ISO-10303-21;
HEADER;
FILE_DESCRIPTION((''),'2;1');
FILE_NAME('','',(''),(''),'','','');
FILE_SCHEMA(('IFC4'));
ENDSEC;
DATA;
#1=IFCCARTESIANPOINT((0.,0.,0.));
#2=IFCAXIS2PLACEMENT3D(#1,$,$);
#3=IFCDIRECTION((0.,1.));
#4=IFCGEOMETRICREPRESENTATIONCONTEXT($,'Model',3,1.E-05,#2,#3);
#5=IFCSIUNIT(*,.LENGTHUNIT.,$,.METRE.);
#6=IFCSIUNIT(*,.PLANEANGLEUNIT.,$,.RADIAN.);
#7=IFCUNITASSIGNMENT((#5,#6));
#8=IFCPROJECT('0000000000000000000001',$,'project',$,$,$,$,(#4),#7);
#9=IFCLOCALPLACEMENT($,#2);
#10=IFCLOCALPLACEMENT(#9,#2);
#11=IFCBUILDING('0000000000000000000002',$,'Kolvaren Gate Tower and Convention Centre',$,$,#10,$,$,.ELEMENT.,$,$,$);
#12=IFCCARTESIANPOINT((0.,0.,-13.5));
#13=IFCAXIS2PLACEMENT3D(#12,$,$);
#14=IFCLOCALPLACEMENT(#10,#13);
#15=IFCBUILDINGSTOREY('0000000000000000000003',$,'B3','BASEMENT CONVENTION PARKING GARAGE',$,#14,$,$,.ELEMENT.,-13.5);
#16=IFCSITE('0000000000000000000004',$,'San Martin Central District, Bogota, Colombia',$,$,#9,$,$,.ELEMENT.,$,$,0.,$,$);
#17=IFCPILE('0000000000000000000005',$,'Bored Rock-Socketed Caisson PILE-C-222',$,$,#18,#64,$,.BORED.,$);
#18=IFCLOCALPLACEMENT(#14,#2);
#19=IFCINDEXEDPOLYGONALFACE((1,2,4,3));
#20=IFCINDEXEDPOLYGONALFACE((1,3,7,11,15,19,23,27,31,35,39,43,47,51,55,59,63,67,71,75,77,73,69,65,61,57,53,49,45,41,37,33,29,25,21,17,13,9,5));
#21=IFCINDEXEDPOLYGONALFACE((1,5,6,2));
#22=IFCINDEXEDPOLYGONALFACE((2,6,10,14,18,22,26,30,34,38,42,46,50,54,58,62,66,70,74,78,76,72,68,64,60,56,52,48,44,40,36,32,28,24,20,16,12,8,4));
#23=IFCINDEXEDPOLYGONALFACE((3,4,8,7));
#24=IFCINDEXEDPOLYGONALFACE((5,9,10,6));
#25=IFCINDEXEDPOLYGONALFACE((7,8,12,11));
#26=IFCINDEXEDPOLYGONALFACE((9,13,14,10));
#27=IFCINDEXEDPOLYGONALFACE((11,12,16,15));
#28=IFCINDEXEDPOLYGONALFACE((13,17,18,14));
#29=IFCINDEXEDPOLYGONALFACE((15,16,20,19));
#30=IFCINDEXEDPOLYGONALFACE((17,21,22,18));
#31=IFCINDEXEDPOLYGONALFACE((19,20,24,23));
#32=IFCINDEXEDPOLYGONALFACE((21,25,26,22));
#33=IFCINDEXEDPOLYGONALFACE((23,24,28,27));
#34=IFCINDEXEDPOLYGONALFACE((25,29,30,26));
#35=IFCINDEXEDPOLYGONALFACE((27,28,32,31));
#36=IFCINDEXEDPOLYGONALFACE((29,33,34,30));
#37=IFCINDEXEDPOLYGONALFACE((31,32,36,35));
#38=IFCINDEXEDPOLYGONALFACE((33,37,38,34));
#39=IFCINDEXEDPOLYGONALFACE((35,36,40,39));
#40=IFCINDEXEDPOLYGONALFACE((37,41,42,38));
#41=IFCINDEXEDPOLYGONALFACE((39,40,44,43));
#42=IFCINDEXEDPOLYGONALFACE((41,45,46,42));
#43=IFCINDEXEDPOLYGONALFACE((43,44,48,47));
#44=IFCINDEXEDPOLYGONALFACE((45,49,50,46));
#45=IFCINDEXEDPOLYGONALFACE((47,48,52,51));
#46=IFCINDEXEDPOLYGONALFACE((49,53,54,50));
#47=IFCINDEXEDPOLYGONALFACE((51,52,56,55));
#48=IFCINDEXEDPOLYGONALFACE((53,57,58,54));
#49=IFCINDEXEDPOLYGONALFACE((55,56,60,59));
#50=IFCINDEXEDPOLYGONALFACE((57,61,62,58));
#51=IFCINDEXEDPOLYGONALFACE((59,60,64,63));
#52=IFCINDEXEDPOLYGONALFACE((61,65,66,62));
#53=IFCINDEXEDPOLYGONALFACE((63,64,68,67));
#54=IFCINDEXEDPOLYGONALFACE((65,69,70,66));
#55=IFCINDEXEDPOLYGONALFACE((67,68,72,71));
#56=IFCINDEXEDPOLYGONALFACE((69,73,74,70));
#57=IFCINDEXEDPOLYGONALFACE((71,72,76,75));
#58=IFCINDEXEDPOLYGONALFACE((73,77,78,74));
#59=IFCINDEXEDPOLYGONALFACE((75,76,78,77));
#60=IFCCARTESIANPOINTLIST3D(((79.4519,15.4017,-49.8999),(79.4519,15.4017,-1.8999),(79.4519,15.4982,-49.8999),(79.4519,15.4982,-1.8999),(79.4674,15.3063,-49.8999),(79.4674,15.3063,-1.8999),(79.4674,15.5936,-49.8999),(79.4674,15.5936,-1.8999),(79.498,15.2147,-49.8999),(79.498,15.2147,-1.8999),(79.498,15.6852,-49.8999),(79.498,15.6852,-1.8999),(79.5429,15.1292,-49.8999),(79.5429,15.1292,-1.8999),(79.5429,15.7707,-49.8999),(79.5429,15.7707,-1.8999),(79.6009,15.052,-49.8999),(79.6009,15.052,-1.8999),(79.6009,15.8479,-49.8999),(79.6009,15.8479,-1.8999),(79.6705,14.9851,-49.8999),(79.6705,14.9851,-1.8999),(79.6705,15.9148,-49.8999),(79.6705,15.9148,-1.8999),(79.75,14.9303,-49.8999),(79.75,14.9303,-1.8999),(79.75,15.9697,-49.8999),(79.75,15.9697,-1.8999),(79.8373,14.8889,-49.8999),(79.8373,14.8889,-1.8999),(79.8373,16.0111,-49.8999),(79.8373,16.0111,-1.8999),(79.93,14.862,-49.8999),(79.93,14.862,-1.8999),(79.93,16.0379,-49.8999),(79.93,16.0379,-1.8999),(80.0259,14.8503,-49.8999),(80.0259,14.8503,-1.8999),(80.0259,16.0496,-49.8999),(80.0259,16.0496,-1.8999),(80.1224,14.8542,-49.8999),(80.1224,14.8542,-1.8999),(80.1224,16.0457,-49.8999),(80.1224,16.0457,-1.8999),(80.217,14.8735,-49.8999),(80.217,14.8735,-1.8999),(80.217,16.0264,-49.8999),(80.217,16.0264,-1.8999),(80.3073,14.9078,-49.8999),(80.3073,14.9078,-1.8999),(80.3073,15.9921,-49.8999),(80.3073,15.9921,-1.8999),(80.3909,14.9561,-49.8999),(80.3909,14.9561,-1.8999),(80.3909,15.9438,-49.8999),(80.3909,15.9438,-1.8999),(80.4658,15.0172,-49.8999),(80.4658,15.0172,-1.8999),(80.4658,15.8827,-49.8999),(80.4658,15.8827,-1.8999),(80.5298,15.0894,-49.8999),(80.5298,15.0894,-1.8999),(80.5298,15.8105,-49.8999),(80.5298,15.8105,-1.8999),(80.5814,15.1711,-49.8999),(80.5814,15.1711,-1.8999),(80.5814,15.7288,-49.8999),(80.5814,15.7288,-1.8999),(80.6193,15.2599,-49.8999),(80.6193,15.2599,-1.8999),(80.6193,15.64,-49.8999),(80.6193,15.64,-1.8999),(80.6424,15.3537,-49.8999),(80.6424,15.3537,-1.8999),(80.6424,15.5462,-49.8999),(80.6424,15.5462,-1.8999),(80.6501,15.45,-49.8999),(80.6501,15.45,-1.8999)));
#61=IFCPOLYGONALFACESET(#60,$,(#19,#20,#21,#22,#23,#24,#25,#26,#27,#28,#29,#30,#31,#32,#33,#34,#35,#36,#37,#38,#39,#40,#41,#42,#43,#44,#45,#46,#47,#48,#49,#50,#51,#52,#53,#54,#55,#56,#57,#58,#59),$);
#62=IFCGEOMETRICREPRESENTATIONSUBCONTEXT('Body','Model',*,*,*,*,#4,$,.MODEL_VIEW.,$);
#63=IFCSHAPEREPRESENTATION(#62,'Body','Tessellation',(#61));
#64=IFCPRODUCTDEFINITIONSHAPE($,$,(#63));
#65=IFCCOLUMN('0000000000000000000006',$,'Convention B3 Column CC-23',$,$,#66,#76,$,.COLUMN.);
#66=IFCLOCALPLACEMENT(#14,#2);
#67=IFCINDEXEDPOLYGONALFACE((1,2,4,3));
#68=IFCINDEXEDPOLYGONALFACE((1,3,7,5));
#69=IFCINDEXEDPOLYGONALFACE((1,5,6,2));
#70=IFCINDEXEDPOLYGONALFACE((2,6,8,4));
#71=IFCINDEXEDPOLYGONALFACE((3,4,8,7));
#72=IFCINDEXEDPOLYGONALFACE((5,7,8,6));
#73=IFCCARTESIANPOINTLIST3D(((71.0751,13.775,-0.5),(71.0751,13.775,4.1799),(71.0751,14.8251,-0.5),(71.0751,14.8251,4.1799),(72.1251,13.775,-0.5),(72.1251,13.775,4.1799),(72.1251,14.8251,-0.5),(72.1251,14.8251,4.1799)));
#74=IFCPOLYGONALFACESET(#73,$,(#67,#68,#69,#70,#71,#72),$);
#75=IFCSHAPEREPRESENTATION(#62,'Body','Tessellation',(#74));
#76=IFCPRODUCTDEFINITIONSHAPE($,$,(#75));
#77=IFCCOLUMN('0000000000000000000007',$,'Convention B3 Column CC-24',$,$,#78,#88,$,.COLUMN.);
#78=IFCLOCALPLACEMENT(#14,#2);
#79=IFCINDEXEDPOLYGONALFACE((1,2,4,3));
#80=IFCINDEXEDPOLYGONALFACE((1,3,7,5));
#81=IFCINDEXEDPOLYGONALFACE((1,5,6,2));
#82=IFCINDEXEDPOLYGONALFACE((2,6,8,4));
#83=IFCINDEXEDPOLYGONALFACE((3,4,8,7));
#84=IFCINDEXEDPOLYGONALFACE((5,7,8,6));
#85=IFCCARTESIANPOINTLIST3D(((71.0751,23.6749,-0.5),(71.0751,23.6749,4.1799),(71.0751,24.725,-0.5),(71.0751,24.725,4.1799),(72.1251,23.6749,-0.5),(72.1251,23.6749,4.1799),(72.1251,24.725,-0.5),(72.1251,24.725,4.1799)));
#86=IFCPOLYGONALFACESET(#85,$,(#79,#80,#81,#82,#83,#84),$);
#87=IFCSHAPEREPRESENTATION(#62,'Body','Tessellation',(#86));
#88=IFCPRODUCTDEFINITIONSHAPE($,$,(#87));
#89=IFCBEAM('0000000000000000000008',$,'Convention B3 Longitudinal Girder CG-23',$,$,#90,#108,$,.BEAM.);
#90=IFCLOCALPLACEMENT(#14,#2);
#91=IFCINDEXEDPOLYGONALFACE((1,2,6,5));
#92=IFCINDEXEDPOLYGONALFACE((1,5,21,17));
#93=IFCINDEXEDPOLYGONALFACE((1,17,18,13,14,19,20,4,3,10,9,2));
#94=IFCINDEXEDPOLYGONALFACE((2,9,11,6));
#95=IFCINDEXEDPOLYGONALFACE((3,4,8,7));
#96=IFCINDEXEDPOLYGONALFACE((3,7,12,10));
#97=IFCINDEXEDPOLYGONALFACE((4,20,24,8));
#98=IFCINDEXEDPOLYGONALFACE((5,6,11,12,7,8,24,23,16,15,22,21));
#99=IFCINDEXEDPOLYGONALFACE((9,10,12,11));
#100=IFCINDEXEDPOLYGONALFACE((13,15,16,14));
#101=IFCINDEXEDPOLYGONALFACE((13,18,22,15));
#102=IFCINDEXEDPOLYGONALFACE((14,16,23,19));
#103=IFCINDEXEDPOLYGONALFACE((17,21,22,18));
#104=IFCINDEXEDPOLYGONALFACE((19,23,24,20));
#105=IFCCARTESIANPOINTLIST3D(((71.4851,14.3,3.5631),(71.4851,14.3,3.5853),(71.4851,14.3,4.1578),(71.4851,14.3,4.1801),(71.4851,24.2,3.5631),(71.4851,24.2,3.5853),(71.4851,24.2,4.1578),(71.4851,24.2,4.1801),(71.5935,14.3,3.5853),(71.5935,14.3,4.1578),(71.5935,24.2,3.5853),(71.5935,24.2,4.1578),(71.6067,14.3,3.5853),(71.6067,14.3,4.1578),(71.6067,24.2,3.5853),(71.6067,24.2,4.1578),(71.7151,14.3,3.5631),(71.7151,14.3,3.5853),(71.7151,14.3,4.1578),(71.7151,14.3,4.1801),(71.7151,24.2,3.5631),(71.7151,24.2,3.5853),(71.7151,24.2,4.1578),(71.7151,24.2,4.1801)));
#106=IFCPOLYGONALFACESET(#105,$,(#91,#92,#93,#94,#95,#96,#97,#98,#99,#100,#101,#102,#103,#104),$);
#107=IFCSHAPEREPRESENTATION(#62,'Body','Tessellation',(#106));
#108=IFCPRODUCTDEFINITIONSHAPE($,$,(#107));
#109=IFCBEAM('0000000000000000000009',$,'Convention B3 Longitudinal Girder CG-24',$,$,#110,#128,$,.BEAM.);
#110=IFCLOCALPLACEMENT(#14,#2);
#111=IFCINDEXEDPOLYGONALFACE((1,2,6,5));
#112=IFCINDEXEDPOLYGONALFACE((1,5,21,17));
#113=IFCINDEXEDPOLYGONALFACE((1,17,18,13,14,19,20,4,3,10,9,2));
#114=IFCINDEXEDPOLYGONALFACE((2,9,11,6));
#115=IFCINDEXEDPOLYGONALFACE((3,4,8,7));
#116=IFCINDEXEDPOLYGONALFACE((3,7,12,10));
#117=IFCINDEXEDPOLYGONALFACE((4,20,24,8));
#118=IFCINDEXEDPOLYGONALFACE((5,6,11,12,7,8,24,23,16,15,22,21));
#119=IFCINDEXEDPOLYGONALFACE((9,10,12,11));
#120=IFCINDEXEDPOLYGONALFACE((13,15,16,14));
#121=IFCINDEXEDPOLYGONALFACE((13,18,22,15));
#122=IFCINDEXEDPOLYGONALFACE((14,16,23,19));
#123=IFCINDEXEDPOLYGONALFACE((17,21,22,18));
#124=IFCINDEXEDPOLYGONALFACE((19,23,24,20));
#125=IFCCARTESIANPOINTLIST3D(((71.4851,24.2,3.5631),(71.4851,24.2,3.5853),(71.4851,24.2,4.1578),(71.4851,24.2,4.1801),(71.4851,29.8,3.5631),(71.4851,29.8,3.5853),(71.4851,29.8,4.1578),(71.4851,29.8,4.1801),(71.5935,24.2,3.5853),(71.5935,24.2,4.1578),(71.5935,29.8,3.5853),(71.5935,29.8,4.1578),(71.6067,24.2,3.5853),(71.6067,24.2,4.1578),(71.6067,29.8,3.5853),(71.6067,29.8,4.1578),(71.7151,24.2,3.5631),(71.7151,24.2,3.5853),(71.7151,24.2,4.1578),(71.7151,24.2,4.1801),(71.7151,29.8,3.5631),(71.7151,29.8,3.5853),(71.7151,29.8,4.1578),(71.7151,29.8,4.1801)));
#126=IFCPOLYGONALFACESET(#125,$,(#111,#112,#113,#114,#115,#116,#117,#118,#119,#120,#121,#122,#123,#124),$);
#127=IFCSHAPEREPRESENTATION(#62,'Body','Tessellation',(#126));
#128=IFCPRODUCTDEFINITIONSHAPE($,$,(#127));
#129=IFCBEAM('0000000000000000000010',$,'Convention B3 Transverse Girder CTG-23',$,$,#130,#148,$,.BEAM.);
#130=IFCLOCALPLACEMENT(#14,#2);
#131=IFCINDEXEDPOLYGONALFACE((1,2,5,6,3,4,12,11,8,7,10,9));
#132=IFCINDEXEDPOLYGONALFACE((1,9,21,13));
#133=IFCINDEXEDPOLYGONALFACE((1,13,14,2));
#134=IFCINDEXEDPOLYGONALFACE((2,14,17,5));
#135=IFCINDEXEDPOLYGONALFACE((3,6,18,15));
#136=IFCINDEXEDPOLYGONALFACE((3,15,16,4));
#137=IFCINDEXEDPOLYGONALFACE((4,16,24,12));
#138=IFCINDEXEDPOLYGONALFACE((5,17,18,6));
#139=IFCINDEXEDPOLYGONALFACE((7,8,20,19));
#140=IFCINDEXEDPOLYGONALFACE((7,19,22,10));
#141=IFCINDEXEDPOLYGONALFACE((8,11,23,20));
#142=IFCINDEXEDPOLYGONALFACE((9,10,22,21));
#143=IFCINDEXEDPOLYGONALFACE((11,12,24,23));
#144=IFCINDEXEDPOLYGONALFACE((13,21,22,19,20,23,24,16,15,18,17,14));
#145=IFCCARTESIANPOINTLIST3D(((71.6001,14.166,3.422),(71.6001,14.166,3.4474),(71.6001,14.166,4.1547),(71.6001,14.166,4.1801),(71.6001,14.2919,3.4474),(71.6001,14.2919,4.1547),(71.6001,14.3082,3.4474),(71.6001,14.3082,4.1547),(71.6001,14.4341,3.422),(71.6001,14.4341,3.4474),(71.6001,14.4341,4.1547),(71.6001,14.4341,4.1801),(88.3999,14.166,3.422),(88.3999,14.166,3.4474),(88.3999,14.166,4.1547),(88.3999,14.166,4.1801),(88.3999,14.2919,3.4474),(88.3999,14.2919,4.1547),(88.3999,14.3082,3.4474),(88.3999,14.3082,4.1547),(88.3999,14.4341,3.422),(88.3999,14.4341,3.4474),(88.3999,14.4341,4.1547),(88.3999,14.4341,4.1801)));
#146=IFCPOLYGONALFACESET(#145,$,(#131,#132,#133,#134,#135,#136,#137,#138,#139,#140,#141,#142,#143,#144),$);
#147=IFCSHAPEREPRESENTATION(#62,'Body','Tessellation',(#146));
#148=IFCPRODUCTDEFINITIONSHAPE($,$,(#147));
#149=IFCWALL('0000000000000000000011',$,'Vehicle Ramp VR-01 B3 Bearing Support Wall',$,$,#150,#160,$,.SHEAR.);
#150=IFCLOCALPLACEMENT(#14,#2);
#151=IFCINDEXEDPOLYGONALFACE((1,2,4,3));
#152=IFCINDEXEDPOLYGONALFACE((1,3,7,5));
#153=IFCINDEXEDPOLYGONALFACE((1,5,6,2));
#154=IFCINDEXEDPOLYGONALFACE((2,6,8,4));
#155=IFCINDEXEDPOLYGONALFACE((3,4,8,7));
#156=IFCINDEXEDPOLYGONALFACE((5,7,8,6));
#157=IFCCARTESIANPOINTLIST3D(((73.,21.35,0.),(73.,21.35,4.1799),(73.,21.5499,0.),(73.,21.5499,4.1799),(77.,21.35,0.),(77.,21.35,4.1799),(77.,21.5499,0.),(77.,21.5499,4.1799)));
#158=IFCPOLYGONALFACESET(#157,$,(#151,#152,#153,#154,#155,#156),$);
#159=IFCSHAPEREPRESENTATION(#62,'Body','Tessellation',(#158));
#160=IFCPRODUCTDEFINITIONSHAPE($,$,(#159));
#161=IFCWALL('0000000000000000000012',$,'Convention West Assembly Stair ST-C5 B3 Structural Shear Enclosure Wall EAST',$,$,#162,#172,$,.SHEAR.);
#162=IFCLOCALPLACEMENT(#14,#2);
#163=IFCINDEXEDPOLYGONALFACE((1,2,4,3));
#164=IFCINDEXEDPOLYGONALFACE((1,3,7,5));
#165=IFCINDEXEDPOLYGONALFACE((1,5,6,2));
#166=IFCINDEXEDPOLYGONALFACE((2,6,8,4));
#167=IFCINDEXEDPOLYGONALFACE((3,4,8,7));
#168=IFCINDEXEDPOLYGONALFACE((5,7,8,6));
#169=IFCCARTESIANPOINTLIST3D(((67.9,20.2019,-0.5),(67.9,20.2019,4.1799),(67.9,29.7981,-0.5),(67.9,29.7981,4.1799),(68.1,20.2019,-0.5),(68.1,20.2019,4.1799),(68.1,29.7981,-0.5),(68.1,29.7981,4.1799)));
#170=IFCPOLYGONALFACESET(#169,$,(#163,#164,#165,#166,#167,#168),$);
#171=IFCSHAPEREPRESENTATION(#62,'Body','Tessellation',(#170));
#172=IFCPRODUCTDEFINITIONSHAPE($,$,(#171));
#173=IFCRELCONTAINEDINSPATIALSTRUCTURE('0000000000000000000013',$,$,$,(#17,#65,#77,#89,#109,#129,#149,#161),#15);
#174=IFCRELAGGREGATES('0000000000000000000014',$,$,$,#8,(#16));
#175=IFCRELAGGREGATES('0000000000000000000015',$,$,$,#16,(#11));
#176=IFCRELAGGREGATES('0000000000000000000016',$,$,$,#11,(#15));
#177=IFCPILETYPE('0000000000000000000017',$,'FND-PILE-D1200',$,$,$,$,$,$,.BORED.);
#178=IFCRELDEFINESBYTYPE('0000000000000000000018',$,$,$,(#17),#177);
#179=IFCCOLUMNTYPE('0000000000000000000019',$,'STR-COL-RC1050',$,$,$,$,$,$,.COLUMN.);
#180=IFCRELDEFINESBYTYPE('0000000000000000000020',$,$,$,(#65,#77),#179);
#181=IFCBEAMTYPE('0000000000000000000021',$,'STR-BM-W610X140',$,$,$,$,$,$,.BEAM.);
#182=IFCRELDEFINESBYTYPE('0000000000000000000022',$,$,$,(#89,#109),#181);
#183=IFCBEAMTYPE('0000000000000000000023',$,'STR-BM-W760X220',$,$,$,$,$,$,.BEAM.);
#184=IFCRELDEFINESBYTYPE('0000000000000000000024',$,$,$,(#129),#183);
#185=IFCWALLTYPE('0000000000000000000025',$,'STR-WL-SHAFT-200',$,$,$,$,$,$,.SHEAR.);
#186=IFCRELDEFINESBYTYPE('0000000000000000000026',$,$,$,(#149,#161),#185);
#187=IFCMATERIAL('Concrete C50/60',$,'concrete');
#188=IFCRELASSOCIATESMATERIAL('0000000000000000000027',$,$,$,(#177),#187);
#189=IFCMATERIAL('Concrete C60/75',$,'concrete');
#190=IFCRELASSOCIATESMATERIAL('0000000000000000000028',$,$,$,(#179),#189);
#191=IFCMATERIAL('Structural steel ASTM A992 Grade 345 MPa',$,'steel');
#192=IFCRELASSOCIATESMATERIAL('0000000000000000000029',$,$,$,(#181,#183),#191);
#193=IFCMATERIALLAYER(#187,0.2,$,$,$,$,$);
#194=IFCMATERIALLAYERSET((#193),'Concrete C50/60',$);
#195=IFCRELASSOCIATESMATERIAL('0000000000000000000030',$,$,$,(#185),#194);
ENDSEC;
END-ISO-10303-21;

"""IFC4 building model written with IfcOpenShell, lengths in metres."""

from ifc_helpers import new_model, si_unit, direction, frame, frame_2d, origin, origin_2d, place, context, subcontext, project, spatial, rectangle, circle, i_section, extrude, material, layer, layer_set, material_profile, profile_set, type_object, element, save


model = new_model("IFC4")

# Units and contexts
model_context = context("Model", 3, precision=1e-05, world=origin(), true_north=direction((0.0, 1.0)))
body_context = subcontext(model_context, "Body", "Model", "MODEL_VIEW")
ifc_project = project(units=[si_unit("LENGTHUNIT", "METRE"), si_unit("PLANEANGLEUNIT", "RADIAN")], contexts=[model_context])

# Site, building, storey
site_placement = place(None, origin())
site = spatial("IfcSite", under=ifc_project, at=site_placement, Name="San Martin Central District, Bogota, Colombia", CompositionType="ELEMENT", RefElevation=0.0)
building_placement = place(site_placement, origin())
building = spatial("IfcBuilding", under=site, at=building_placement, Name="Kolvaren Gate Tower and Convention Centre", CompositionType="ELEMENT")
storey_placement = place(building_placement, frame((0.0, 0.0, -13.5)))
storey = spatial("IfcBuildingStorey", under=building, at=storey_placement, Name="B3", Description="BASEMENT CONVENTION PARKING GARAGE", CompositionType="ELEMENT", Elevation=-13.5)

# Shared definitions
ifc_material_1 = material(Name="Concrete C50/60", Category="concrete")
ifc_material_2 = material(Name="Concrete C60/75", Category="concrete")

# Pile
ifc_material_profile_1 = material_profile(ifc_material_1, circle(Radius=0.6001, at=origin_2d()), Name="CAISSON-D1200")
ifc_profile_set_1 = profile_set([ifc_material_profile_1], Name="Concrete C50/60")
pile_type = type_object("IfcPileType", Name="FND-PILE-D1200", PredefinedType="BORED", material=ifc_profile_set_1)
for number, where, z_axis, x_axis, name in (
    (1, (80.05, 15.45, -1.8999), (0.0, 0.0, -1.0), (1.0, 0.0, 0.0), "Bored Rock-Socketed Caisson PILE-C-222"),
):
    element("IfcPile", number, at=place(storey_placement, frame(where, z_axis=z_axis, x_axis=x_axis)), inside=storey, type_object=pile_type, Name=name, PredefinedType="BORED", context=body_context, shape_type="SweptSolid", body=[
        extrude(circle(Radius=0.6001, at=origin_2d()), origin(), (0.0, 0.0, 1.0), 48.0),
    ])

# Columns
ifc_material_profile_2 = material_profile(ifc_material_2, rectangle(XDim=1.05, YDim=1.05, at=origin_2d()), Name="RC-COL-1050X1050")
ifc_profile_set_2 = profile_set([ifc_material_profile_2], Name="Concrete C60/75")
column_type = type_object("IfcColumnType", Name="STR-COL-RC1050", PredefinedType="COLUMN", material=ifc_profile_set_2)
for number, where, z_axis, x_axis, name in (
    (2, (71.6001, 14.3, -0.5), (0.0, 0.0, 1.0), (1.0, 0.0, 0.0), "Convention B3 Column CC-23"),
    (3, (71.6001, 24.2, -0.5), (0.0, 0.0, 1.0), (1.0, 0.0, 0.0), "Convention B3 Column CC-24"),
):
    element("IfcColumn", number, at=place(storey_placement, frame(where, z_axis=z_axis, x_axis=x_axis)), inside=storey, type_object=column_type, Name=name, PredefinedType="COLUMN", context=body_context, shape_type="SweptSolid", body=[
        extrude(rectangle(XDim=1.05, YDim=1.05, at=origin_2d()), origin(), (0.0, 0.0, 1.0), 4.6799),
    ])

# Beams
ifc_material_3 = material(Name="Structural steel ASTM A992 Grade 345 MPa", Category="steel")
ifc_material_profile_3 = material_profile(ifc_material_3, i_section(OverallWidth=0.23, OverallDepth=0.6169, WebThickness=0.0132, FlangeThickness=0.0222, at=origin_2d()), Name="W610X140")
ifc_profile_set_3 = profile_set([ifc_material_profile_3], Name="Structural steel ASTM A992 Grade 345 MPa")
beam_type_1 = type_object("IfcBeamType", Name="STR-BM-W610X140", PredefinedType="BEAM", material=ifc_profile_set_3)
beam_1_placement = place(storey_placement, frame((71.6001, 14.3, 3.8716), z_axis=(0.0, 1.0, 0.0), x_axis=(-1.0, 0.0, 0.0)))
element("IfcBeam", 4, at=beam_1_placement, inside=storey, type_object=beam_type_1, Name="Convention B3 Longitudinal Girder CG-23", PredefinedType="BEAM", context=body_context, shape_type="SweptSolid", body=[
    extrude(i_section(OverallWidth=0.23, OverallDepth=0.6169, WebThickness=0.0132, FlangeThickness=0.0222, at=origin_2d()), origin(), (0.0, 0.0, 1.0), 9.8999),
])
beam_2_placement = place(storey_placement, frame((71.6001, 24.2, 3.8716), z_axis=(0.0, 1.0, 0.0), x_axis=(-1.0, 0.0, 0.0)))
element("IfcBeam", 5, at=beam_2_placement, inside=storey, type_object=beam_type_1, Name="Convention B3 Longitudinal Girder CG-24", PredefinedType="BEAM", context=body_context, shape_type="SweptSolid", body=[
    extrude(i_section(OverallWidth=0.23, OverallDepth=0.6169, WebThickness=0.0132, FlangeThickness=0.0222, at=origin_2d()), origin(), (0.0, 0.0, 1.0), 5.6001),
])
ifc_material_profile_4 = material_profile(ifc_material_3, i_section(OverallWidth=0.2681, OverallDepth=0.7581, WebThickness=0.0164, FlangeThickness=0.0254, at=origin_2d()), Name="W760X220")
ifc_profile_set_4 = profile_set([ifc_material_profile_4], Name="Structural steel ASTM A992 Grade 345 MPa")
beam_type_2 = type_object("IfcBeamType", Name="STR-BM-W760X220", PredefinedType="BEAM", material=ifc_profile_set_4)
beam_3_placement = place(storey_placement, frame((71.6001, 14.3, 3.801), z_axis=(1.0, 0.0, 0.0), x_axis=(0.0, 1.0, 0.0)))
element("IfcBeam", 6, at=beam_3_placement, inside=storey, type_object=beam_type_2, Name="Convention B3 Transverse Girder CTG-23", PredefinedType="BEAM", context=body_context, shape_type="SweptSolid", body=[
    extrude(i_section(OverallWidth=0.2681, OverallDepth=0.7581, WebThickness=0.0164, FlangeThickness=0.0254, at=origin_2d()), origin(), (0.0, 0.0, 1.0), 16.7998),
])

# Walls
ifc_layer = layer(ifc_material_1, 0.2)
ifc_layer_set = layer_set([ifc_layer], Name="Concrete C50/60")
wall_type = type_object("IfcWallType", Name="STR-WL-SHAFT-200", PredefinedType="SHEAR", material=ifc_layer_set)
wall_1_placement = place(storey_placement, frame((73.0, 21.45, 0.0), z_axis=(0.0, 0.0, 1.0), x_axis=(1.0, 0.0, 0.0)))
element("IfcWall", 7, at=wall_1_placement, inside=storey, type_object=wall_type, Name="Vehicle Ramp VR-01 B3 Bearing Support Wall", PredefinedType="SHEAR", context=body_context, shape_type="SweptSolid", body=[
    extrude(rectangle(XDim=4.0, YDim=0.2, at=frame_2d((2.0, 0.0))), origin(), (0.0, 0.0, 1.0), 4.1799),
])
wall_2_placement = place(storey_placement, frame((68.0, 20.2019, -0.5), z_axis=(0.0, 0.0, 1.0), x_axis=(0.0, 1.0, 0.0)))
element("IfcWall", 8, at=wall_2_placement, inside=storey, type_object=wall_type, Name="Convention West Assembly Stair ST-C5 B3 Structural Shear Enclosure Wall EAST", PredefinedType="SHEAR", context=body_context, shape_type="SweptSolid", body=[
    extrude(rectangle(XDim=9.5962, YDim=0.2, at=frame_2d((4.7981, 0.0))), origin(), (0.0, 0.0, 1.0), 4.6799),
])

save(model, "model.ifc")
